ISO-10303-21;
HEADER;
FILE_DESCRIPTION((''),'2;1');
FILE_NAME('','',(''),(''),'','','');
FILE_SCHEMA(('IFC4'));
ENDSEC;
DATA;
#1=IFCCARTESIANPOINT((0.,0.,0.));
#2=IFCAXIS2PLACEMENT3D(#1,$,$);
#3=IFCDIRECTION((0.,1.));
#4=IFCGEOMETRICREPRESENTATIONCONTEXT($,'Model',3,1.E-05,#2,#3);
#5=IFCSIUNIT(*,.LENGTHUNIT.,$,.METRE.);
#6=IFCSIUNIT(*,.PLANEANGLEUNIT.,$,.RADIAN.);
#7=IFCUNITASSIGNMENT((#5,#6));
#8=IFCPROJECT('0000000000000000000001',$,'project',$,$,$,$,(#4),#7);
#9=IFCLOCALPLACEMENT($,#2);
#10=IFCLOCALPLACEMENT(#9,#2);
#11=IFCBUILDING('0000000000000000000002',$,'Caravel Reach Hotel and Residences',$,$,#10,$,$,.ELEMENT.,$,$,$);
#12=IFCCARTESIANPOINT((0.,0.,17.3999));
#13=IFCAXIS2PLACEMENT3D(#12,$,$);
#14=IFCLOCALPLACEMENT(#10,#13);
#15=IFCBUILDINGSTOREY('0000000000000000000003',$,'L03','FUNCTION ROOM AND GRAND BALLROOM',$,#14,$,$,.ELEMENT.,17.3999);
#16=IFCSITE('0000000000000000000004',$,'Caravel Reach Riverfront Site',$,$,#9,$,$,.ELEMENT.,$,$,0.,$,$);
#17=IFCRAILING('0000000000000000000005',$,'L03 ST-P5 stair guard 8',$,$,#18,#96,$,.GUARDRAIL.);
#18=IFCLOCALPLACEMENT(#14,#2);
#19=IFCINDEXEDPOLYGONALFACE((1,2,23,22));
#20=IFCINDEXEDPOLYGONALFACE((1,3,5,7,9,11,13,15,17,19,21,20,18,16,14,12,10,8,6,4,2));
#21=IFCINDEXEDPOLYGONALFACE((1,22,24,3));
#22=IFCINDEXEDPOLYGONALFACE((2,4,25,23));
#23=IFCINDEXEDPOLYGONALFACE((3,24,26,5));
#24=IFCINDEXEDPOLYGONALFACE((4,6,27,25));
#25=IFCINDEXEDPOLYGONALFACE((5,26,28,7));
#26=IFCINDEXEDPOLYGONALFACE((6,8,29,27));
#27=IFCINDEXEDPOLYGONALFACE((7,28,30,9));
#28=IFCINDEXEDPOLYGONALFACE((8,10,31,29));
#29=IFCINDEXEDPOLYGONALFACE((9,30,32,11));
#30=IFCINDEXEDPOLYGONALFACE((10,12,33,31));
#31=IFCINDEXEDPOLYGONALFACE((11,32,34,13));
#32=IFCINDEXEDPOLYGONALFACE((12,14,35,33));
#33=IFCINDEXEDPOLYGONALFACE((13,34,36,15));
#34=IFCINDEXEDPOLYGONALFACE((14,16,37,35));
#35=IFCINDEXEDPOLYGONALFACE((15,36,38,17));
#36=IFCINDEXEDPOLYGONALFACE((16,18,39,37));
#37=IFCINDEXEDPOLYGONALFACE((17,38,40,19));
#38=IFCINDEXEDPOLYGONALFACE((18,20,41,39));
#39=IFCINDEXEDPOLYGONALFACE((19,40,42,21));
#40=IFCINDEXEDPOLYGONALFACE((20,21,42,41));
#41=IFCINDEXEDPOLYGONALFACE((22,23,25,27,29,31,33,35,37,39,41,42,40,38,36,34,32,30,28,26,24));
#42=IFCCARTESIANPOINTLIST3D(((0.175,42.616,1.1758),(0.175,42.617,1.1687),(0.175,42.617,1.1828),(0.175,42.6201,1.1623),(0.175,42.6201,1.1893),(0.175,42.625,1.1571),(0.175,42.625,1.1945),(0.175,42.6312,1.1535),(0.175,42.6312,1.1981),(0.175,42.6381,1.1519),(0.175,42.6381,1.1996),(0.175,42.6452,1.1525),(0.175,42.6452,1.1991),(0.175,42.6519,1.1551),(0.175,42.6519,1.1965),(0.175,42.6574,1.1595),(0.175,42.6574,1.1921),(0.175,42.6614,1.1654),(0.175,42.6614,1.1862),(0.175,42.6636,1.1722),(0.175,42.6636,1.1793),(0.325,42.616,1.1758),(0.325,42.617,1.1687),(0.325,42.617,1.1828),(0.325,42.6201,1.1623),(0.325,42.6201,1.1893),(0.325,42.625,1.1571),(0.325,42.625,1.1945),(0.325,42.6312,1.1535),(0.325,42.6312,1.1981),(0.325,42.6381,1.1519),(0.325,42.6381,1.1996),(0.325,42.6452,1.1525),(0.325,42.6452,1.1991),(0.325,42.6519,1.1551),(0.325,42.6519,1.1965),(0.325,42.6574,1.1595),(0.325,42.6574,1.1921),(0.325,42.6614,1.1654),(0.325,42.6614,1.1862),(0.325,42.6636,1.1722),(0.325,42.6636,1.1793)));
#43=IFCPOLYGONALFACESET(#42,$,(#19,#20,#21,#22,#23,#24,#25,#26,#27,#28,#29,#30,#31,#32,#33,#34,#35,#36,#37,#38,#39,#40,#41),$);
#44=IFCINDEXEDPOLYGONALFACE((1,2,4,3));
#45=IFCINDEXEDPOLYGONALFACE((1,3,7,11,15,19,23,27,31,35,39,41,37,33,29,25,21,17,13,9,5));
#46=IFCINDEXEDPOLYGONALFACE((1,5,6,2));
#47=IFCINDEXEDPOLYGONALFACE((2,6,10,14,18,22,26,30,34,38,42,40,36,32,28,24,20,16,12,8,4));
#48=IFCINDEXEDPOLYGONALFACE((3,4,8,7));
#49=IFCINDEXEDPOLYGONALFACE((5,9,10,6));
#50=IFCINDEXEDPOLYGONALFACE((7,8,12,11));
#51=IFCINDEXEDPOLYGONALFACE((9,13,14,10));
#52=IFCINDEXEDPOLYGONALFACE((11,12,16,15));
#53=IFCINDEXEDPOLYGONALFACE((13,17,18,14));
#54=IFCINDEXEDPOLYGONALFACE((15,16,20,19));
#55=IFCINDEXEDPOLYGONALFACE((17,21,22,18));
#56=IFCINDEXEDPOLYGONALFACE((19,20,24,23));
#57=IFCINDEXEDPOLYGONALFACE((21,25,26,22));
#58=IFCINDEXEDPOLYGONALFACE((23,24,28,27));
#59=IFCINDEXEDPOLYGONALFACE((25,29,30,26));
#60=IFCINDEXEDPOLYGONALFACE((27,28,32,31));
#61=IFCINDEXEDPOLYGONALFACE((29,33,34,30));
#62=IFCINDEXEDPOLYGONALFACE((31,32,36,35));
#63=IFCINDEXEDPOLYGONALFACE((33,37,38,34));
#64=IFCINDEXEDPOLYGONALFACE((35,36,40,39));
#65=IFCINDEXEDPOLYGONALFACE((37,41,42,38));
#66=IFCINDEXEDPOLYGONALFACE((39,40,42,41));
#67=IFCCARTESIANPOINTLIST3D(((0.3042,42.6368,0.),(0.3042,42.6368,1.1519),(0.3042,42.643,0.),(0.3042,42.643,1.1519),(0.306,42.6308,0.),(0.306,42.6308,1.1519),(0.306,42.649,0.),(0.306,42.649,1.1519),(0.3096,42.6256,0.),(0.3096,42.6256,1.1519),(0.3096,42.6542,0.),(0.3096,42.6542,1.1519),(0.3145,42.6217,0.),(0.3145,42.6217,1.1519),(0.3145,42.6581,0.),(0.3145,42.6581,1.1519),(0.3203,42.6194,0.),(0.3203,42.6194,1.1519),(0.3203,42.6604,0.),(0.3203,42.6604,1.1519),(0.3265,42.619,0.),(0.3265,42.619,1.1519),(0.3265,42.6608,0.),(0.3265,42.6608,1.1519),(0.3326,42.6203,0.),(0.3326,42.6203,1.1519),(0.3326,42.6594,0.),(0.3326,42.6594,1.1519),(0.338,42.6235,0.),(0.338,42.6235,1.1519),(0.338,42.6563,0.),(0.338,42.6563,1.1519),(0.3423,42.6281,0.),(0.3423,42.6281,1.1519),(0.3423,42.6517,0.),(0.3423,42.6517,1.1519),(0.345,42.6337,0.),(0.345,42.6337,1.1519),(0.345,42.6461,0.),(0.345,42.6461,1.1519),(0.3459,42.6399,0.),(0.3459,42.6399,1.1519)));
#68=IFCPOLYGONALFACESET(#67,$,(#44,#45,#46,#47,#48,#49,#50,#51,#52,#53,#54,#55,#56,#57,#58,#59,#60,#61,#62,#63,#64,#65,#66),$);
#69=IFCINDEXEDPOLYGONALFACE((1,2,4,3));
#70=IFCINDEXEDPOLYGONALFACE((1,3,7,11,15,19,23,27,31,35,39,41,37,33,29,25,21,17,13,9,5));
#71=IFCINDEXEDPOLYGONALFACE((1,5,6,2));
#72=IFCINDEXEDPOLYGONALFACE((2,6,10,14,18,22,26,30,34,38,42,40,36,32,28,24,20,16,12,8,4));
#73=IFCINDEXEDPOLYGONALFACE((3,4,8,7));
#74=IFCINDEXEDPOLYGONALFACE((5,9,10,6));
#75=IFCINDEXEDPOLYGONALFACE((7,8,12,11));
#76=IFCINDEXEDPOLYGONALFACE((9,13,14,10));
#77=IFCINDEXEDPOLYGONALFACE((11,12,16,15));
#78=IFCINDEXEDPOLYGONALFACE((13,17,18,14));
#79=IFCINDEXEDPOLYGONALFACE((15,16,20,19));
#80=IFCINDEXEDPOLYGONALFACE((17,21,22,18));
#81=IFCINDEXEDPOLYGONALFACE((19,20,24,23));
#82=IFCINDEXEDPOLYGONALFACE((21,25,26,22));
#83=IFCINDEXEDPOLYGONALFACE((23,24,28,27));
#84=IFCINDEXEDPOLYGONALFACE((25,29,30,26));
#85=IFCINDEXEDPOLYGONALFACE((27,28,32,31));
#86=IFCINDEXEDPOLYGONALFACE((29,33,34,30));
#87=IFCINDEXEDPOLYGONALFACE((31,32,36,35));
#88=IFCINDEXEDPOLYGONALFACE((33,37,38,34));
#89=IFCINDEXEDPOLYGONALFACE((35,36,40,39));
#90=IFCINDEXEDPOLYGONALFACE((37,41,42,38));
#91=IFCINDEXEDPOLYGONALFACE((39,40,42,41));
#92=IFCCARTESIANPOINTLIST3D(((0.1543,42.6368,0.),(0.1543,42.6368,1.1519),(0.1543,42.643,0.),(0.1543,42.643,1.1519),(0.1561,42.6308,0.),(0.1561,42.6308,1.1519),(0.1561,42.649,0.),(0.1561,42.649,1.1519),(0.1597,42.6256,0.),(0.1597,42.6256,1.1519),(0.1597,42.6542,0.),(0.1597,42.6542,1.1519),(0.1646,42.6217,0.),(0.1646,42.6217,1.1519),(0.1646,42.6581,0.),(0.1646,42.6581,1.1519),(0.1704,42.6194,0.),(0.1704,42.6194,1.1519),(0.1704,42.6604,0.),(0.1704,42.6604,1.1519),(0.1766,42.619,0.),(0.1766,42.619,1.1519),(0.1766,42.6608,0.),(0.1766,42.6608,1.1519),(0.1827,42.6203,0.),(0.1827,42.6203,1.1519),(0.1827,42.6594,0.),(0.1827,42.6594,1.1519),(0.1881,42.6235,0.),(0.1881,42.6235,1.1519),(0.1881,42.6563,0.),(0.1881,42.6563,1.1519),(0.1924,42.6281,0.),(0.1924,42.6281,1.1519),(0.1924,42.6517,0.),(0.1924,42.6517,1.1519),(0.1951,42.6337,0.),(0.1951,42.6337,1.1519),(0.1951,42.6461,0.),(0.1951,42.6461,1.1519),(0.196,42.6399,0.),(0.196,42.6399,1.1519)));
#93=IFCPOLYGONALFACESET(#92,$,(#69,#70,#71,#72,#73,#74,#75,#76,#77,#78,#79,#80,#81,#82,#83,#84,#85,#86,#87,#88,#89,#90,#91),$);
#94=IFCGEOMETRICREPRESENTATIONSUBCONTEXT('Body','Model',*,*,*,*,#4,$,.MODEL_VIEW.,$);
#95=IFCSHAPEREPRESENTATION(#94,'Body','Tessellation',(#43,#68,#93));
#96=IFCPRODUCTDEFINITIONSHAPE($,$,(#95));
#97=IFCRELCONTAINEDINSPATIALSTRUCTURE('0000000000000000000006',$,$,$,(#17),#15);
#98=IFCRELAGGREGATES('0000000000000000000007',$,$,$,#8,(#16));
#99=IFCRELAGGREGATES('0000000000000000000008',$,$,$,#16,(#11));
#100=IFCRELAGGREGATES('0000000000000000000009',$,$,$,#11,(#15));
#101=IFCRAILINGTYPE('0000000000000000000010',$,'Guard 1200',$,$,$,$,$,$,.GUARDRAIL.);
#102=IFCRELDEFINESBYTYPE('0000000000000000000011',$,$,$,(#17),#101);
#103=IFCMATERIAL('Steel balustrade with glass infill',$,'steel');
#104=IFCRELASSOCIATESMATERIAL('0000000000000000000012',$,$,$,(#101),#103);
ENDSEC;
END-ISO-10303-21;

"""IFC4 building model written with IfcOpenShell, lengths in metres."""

from ifc_helpers import new_model, si_unit, direction, frame, origin, origin_2d, place, context, subcontext, project, spatial, circle, extrude, material, type_object, element, save


model = new_model("IFC4")

# Units and contexts
model_context = context("Model", 3, precision=1e-05, world=origin(), true_north=direction((0.0, 1.0)))
body_context = subcontext(model_context, "Body", "Model", "MODEL_VIEW")
ifc_project = project(units=[si_unit("LENGTHUNIT", "METRE"), si_unit("PLANEANGLEUNIT", "RADIAN")], contexts=[model_context])

# Site, building, storey
site_placement = place(None, origin())
site = spatial("IfcSite", under=ifc_project, at=site_placement, Name="Caravel Reach Riverfront Site", CompositionType="ELEMENT", RefElevation=0.0)
building_placement = place(site_placement, origin())
building = spatial("IfcBuilding", under=site, at=building_placement, Name="Caravel Reach Hotel and Residences", CompositionType="ELEMENT")
storey_placement = place(building_placement, frame((0.0, 0.0, 17.3999)))
storey = spatial("IfcBuildingStorey", under=building, at=storey_placement, Name="L03", Description="FUNCTION ROOM AND GRAND BALLROOM", CompositionType="ELEMENT", Elevation=17.3999)

# Railing
ifc_material_1 = material(Name="Steel balustrade with glass infill", Category="steel")
railing_type_1 = type_object("IfcRailingType", Name="Guard 1200", PredefinedType="GUARDRAIL", material=ifc_material_1)
railing_1_placement = place(storey_placement, frame((0.325, 42.6399, 0.0)))
element("IfcRailing", 1, at=railing_1_placement, inside=storey, type_object=railing_type_1, Name="L03 ST-P5 stair guard 8", PredefinedType="GUARDRAIL", context=body_context, shape_type="SweptSolid", body=[
    extrude(circle(Radius=0.0239, at=origin_2d()), frame((0.0, 0.0, 1.1758), z_axis=(-1.0, 0.0, 0.0), x_axis=(0.0, -1.0, 0.0)), (0.0, 0.0, 1.0), 0.1499),
    extrude(circle(Radius=0.021, at=origin_2d()), origin(), (0.0, 0.0, 1.0), 1.1519),
    extrude(circle(Radius=0.021, at=origin_2d()), frame((-0.1499, 0.0, 0.0)), (0.0, 0.0, 1.0), 1.1519),
])

save(model, "model.ifc")
